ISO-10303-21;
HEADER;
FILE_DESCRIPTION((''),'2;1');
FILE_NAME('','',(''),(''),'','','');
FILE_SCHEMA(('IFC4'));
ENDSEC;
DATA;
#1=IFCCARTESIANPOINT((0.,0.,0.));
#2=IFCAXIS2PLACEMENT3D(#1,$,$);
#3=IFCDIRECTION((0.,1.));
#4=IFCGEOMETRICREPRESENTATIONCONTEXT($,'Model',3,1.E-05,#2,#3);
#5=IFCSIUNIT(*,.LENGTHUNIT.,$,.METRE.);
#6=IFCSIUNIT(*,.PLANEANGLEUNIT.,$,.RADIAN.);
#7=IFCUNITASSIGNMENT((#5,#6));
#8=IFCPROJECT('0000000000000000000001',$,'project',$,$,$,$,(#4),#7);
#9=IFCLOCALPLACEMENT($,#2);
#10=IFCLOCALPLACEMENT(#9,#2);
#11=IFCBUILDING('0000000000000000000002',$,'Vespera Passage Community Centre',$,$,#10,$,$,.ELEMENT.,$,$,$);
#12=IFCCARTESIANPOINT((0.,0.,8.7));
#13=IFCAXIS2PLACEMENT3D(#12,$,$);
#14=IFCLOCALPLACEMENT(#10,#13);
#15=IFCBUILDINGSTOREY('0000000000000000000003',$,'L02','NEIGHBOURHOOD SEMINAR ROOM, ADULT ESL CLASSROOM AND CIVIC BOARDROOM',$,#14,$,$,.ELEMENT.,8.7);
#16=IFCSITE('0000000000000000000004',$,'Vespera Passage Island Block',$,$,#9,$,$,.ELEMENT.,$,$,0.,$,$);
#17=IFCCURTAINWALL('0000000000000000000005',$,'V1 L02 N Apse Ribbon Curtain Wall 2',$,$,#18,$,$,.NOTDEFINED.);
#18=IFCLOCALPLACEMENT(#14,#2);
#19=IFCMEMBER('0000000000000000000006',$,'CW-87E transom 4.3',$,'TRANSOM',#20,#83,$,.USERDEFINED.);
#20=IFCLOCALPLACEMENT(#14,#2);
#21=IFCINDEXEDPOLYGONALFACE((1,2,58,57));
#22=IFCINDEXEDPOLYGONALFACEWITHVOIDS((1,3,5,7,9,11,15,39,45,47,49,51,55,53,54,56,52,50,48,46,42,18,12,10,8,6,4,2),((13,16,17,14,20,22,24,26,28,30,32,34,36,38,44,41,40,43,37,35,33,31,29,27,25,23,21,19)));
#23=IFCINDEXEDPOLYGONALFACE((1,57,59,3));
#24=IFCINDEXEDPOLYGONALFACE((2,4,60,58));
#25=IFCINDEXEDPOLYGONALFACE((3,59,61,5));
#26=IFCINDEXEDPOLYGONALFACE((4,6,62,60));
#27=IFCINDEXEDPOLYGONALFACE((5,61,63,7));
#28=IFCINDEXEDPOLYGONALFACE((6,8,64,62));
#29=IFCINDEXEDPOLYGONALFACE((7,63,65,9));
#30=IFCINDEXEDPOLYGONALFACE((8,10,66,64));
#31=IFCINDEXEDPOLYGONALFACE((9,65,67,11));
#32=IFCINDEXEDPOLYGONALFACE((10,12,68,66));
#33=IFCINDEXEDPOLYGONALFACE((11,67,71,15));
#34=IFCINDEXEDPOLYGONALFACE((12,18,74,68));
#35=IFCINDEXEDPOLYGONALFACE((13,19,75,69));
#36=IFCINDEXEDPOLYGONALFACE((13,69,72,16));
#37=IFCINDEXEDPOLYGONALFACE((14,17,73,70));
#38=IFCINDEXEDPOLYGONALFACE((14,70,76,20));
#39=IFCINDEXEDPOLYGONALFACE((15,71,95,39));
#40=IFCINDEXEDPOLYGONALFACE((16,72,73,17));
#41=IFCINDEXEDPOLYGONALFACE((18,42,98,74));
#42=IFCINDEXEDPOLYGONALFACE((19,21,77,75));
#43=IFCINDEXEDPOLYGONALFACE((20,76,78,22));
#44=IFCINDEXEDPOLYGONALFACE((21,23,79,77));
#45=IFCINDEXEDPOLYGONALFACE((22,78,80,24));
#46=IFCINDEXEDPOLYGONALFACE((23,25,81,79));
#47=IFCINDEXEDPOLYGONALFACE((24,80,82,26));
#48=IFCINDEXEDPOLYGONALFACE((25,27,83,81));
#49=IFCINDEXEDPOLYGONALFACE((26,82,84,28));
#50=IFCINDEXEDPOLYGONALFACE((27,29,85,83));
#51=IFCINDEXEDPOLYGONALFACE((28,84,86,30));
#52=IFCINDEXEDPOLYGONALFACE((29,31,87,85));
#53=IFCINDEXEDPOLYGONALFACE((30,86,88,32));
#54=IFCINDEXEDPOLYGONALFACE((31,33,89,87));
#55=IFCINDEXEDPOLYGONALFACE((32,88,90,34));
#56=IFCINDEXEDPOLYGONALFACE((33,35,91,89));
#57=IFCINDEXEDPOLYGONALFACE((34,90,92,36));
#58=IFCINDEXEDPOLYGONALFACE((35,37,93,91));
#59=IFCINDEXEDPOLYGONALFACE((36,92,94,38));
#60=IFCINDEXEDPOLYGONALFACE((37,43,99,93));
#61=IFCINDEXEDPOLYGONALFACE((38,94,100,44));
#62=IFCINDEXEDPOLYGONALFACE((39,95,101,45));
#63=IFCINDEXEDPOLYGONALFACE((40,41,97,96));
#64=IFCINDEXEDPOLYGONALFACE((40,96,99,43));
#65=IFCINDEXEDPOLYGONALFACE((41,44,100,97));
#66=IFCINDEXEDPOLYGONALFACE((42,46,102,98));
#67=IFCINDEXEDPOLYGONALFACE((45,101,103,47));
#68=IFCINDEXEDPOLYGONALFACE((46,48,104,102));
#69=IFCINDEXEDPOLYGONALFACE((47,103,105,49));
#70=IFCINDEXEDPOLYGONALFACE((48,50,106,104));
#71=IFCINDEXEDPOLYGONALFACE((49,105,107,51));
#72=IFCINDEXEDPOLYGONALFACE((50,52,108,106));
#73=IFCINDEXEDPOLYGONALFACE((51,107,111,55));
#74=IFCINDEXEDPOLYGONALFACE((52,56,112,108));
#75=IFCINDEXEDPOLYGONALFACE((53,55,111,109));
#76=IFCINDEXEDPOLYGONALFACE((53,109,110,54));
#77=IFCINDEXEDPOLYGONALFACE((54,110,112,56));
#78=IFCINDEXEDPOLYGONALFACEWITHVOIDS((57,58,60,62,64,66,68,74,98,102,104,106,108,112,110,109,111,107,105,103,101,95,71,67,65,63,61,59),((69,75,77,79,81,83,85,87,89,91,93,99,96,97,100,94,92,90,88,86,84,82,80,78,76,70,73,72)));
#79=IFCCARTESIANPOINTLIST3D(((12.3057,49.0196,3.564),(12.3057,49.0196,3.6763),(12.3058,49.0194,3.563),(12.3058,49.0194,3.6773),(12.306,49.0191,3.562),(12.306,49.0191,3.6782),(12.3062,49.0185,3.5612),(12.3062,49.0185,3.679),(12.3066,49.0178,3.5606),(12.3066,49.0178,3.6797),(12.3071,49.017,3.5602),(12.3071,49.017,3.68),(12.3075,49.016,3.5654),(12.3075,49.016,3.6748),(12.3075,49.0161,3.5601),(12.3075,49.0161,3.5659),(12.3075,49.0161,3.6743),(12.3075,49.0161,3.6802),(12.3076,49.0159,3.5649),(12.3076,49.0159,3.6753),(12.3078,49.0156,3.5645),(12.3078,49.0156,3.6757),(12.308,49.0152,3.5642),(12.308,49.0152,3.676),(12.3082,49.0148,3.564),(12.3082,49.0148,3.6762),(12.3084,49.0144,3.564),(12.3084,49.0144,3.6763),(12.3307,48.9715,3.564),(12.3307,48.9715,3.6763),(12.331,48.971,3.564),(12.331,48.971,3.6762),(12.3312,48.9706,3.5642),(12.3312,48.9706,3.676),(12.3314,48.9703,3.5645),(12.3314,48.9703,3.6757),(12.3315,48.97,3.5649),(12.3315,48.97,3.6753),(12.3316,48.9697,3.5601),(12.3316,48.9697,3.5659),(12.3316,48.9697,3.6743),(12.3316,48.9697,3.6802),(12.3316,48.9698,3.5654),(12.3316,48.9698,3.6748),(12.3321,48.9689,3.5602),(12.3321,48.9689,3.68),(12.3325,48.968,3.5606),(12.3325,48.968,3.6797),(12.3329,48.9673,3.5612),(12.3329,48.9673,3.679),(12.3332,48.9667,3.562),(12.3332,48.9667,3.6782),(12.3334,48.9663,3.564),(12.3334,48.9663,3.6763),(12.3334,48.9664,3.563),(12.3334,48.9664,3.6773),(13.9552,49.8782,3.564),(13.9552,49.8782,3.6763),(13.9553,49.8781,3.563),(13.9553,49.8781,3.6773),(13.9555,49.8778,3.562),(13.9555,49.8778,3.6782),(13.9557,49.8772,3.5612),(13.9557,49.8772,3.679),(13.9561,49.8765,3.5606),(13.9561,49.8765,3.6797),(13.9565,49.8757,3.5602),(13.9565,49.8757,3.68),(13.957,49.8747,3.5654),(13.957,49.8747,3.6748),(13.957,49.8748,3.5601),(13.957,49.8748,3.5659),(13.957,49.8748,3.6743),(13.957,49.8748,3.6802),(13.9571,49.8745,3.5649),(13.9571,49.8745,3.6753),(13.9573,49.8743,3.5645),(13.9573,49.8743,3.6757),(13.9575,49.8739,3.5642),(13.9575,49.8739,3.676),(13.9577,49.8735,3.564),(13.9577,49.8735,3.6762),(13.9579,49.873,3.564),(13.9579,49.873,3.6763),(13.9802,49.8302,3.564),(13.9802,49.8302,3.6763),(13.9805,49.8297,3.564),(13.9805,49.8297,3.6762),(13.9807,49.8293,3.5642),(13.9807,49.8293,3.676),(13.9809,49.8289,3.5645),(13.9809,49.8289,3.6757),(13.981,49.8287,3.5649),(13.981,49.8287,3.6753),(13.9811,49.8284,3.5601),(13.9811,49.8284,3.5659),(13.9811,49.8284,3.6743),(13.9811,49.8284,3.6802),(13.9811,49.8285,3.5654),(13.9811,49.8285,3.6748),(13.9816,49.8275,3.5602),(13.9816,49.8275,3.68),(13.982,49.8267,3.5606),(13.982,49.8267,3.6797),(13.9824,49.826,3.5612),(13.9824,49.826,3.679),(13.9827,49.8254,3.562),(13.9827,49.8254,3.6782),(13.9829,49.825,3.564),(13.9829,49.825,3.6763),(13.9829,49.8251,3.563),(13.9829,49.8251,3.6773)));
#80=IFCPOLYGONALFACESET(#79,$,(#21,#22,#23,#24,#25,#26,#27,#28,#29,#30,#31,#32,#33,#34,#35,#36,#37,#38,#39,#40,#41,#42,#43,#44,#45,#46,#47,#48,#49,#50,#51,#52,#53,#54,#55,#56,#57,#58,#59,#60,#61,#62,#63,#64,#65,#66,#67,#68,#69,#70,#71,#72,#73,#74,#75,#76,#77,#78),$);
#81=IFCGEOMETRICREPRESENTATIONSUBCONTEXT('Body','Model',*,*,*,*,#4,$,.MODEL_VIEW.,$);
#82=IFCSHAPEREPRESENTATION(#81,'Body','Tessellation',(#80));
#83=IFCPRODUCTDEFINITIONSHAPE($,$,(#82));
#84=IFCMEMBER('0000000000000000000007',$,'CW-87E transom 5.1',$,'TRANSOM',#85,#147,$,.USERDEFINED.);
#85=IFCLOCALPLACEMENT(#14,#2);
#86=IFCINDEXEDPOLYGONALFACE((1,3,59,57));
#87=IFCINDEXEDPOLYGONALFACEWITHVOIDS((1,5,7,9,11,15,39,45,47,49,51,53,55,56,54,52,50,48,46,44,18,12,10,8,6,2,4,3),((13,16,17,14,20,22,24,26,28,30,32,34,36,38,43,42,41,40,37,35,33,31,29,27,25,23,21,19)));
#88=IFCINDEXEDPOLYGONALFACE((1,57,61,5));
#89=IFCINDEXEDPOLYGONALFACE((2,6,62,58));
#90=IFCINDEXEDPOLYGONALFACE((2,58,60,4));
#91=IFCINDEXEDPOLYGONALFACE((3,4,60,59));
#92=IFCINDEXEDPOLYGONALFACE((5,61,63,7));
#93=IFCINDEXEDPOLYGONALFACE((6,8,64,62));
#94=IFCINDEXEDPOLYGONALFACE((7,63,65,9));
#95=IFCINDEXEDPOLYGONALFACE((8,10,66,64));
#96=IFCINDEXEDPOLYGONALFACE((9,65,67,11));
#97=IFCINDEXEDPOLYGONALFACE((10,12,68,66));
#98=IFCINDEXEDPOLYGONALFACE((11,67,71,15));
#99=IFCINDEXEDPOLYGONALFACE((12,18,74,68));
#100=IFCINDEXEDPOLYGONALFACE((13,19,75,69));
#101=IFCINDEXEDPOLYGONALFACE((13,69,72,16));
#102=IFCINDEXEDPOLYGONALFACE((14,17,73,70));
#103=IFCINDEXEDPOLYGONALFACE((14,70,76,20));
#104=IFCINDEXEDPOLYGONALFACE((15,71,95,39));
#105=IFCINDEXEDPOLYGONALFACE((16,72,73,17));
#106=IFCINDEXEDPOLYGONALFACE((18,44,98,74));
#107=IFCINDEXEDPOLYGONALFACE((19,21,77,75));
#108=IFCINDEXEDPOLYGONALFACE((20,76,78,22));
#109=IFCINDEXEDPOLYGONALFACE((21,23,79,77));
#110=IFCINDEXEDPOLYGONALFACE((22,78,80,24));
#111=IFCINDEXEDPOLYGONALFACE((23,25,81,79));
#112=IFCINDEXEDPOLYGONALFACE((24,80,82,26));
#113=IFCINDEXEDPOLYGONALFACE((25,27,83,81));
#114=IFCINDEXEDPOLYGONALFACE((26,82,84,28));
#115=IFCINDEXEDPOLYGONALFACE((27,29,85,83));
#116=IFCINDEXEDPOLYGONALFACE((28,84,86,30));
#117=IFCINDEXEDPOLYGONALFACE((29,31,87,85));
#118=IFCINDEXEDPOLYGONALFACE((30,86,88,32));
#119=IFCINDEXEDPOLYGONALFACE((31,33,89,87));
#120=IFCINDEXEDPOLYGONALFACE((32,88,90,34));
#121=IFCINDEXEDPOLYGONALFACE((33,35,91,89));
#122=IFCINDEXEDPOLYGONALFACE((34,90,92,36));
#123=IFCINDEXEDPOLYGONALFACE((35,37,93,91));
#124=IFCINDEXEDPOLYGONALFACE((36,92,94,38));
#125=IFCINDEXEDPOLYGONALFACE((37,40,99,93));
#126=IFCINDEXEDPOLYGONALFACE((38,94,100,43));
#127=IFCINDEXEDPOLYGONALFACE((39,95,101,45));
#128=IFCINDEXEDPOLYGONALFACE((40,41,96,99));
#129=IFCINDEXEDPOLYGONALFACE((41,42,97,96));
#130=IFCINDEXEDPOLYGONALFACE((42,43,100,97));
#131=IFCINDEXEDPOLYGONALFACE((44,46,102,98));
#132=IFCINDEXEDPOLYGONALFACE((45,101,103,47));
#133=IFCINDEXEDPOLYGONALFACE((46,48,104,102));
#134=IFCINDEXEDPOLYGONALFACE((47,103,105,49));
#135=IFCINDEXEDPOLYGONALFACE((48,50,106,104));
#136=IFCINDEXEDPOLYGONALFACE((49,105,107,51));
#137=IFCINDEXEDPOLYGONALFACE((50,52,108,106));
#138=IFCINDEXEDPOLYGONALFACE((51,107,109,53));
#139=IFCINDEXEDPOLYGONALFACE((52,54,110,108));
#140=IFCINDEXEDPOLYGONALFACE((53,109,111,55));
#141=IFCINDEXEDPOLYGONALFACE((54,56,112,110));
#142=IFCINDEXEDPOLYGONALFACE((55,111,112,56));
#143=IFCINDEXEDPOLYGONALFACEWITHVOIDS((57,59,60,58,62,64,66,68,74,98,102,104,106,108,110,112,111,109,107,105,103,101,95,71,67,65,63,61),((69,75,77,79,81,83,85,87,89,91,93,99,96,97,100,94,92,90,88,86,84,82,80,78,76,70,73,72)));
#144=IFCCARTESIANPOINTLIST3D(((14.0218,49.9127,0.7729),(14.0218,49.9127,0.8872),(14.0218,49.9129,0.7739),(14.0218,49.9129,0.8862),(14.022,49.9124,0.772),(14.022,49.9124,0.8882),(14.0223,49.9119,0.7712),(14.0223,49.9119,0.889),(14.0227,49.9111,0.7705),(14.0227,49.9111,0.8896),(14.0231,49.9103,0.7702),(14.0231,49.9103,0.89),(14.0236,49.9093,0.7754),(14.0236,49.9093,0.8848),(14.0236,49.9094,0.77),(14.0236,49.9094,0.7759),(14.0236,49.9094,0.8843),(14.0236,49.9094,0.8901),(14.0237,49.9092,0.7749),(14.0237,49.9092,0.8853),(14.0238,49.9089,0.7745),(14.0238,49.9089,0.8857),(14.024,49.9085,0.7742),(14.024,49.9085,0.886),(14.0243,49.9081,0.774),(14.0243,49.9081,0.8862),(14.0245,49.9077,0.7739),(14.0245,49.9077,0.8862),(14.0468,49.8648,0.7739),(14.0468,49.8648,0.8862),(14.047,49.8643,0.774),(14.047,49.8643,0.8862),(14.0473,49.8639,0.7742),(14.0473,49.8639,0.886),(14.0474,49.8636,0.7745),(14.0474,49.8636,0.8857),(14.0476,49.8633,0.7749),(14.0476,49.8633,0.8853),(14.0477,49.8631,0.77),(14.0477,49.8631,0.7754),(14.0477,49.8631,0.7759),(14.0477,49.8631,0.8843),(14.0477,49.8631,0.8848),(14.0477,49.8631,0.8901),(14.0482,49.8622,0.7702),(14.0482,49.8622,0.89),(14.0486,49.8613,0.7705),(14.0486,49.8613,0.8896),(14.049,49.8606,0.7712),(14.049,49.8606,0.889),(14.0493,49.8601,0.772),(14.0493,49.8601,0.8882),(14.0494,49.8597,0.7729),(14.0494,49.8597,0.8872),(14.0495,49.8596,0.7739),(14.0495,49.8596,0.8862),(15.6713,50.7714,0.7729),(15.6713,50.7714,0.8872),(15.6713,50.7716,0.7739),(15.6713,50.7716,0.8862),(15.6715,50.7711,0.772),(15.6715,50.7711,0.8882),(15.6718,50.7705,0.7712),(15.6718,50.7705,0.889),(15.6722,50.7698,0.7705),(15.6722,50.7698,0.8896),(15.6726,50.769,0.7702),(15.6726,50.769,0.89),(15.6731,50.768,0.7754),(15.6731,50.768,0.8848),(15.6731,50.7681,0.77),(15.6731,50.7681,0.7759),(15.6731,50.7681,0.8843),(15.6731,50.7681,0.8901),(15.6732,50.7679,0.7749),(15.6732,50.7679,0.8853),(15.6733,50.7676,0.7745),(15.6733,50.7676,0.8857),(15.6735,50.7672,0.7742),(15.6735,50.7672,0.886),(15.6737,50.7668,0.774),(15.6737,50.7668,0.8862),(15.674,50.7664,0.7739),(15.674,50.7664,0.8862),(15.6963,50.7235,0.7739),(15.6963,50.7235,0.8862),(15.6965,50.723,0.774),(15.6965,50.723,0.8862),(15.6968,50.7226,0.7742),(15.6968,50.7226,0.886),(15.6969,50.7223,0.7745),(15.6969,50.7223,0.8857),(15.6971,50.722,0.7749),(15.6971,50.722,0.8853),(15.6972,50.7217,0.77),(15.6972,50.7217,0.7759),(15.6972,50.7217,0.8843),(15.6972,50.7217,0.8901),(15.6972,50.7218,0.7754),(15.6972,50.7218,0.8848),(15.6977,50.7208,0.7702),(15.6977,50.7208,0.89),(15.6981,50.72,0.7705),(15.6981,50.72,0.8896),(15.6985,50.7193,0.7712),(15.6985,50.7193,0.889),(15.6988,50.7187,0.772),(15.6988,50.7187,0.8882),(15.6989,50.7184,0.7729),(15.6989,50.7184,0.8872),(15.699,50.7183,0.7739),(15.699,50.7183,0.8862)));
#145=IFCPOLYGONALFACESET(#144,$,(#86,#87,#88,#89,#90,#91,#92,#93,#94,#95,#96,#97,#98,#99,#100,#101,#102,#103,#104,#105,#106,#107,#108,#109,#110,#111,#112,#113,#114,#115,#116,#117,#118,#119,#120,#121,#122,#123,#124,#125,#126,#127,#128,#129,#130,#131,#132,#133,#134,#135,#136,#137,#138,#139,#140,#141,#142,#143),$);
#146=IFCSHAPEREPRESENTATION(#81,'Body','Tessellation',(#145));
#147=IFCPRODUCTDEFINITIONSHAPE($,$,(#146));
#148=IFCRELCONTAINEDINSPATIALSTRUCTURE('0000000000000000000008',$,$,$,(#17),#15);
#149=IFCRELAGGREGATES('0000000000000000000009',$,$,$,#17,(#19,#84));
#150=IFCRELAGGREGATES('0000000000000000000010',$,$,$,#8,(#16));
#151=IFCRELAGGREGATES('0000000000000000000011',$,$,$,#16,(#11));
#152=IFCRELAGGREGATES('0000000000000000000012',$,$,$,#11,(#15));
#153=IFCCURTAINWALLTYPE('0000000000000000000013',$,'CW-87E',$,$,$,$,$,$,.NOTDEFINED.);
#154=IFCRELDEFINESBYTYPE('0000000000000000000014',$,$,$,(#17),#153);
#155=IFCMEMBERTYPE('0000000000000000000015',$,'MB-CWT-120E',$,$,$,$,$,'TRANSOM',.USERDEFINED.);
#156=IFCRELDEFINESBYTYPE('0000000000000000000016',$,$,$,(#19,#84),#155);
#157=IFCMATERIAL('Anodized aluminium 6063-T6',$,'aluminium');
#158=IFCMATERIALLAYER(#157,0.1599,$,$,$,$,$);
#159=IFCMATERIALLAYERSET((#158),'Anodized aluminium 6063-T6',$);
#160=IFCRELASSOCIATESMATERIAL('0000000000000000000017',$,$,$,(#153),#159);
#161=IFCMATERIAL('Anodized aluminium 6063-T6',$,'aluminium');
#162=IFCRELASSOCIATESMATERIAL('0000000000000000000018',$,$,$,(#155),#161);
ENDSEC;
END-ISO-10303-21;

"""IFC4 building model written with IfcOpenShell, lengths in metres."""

from ifc_helpers import new_model, si_unit, direction, frame, origin, origin_2d, place, context, subcontext, project, spatial, hollow_rectangle, extrude, material, layer, layer_set, material_profile, profile_set, type_object, element, aggregate, save


model = new_model("IFC4")

# Units and contexts
model_context = context("Model", 3, precision=1e-05, world=origin(), true_north=direction((0.0, 1.0)))
body_context = subcontext(model_context, "Body", "Model", "MODEL_VIEW")
ifc_project = project(units=[si_unit("LENGTHUNIT", "METRE"), si_unit("PLANEANGLEUNIT", "RADIAN")], contexts=[model_context])

# Site, building, storey
site_placement = place(None, origin())
site = spatial("IfcSite", under=ifc_project, at=site_placement, Name="Vespera Passage Island Block", CompositionType="ELEMENT", RefElevation=0.0)
building_placement = place(site_placement, origin())
building = spatial("IfcBuilding", under=site, at=building_placement, Name="Vespera Passage Community Centre", CompositionType="ELEMENT")
storey_placement = place(building_placement, frame((0.0, 0.0, 8.7)))
storey = spatial("IfcBuildingStorey", under=building, at=storey_placement, Name="L02", Description="NEIGHBOURHOOD SEMINAR ROOM, ADULT ESL CLASSROOM AND CIVIC BOARDROOM", CompositionType="ELEMENT", Elevation=8.7)

# Curtain wall, members
ifc_material_1 = material(Name="Anodized aluminium 6063-T6", Category="aluminium")
ifc_layer_1 = layer(ifc_material_1, 0.1599)
ifc_layer_set_1 = layer_set([ifc_layer_1], Name="Anodized aluminium 6063-T6")
curtain_wall_type = type_object("IfcCurtainWallType", Name="CW-87E", PredefinedType="NOTDEFINED", material=ifc_layer_set_1)
curtain_wall_placement = place(storey_placement, origin())
curtain_wall = element("IfcCurtainWall", 1, at=curtain_wall_placement, inside=storey, type_object=curtain_wall_type, Name="V1 L02 N Apse Ribbon Curtain Wall 2", PredefinedType="NOTDEFINED")
ifc_material_2 = material(Name="Anodized aluminium 6063-T6", Category="aluminium")
ifc_material_profile_1 = material_profile(ifc_material_2, hollow_rectangle(XDim=0.0601, YDim=0.1201, WallThickness=0.0039, InnerFilletRadius=0.002, OuterFilletRadius=0.0039, at=origin_2d()), Name="ALU120X60X4")
ifc_profile_set_1 = profile_set([ifc_material_profile_1], Name="Anodized aluminium 6063-T6")
member_type_1 = type_object("IfcMemberType", Name="MB-CWT-120E", ElementType="TRANSOM", PredefinedType="USERDEFINED", material=ifc_profile_set_1)
member_1_placement = place(storey_placement, frame((12.3196, 48.9929, 3.6201), z_axis=(0.887008, 0.461754, 0.0), x_axis=(-0.461754, 0.887008, 0.0)))
member_1 = element("IfcMember", 2, at=member_1_placement, type_object=member_type_1, Name="CW-87E transom 4.3", ObjectType="TRANSOM", PredefinedType="USERDEFINED", context=body_context, shape_type="SweptSolid", body=[
    extrude(hollow_rectangle(XDim=0.0601, YDim=0.1201, WallThickness=0.0039, InnerFilletRadius=0.002, OuterFilletRadius=0.0039, at=origin_2d()), origin(), (0.0, 0.0, 1.0), 1.8596),
])
member_2_placement = place(storey_placement, frame((14.0356, 49.8862, 0.8301), z_axis=(0.887008, 0.461754, 0.0), x_axis=(-0.461754, 0.887008, 0.0)))
member_2 = element("IfcMember", 3, at=member_2_placement, type_object=member_type_1, Name="CW-87E transom 5.1", ObjectType="TRANSOM", PredefinedType="USERDEFINED", context=body_context, shape_type="SweptSolid", body=[
    extrude(hollow_rectangle(XDim=0.0601, YDim=0.1201, WallThickness=0.0039, InnerFilletRadius=0.002, OuterFilletRadius=0.0039, at=origin_2d()), origin(), (0.0, 0.0, 1.0), 1.8596),
])
aggregate(curtain_wall, [member_1, member_2])

save(model, "model.ifc")
